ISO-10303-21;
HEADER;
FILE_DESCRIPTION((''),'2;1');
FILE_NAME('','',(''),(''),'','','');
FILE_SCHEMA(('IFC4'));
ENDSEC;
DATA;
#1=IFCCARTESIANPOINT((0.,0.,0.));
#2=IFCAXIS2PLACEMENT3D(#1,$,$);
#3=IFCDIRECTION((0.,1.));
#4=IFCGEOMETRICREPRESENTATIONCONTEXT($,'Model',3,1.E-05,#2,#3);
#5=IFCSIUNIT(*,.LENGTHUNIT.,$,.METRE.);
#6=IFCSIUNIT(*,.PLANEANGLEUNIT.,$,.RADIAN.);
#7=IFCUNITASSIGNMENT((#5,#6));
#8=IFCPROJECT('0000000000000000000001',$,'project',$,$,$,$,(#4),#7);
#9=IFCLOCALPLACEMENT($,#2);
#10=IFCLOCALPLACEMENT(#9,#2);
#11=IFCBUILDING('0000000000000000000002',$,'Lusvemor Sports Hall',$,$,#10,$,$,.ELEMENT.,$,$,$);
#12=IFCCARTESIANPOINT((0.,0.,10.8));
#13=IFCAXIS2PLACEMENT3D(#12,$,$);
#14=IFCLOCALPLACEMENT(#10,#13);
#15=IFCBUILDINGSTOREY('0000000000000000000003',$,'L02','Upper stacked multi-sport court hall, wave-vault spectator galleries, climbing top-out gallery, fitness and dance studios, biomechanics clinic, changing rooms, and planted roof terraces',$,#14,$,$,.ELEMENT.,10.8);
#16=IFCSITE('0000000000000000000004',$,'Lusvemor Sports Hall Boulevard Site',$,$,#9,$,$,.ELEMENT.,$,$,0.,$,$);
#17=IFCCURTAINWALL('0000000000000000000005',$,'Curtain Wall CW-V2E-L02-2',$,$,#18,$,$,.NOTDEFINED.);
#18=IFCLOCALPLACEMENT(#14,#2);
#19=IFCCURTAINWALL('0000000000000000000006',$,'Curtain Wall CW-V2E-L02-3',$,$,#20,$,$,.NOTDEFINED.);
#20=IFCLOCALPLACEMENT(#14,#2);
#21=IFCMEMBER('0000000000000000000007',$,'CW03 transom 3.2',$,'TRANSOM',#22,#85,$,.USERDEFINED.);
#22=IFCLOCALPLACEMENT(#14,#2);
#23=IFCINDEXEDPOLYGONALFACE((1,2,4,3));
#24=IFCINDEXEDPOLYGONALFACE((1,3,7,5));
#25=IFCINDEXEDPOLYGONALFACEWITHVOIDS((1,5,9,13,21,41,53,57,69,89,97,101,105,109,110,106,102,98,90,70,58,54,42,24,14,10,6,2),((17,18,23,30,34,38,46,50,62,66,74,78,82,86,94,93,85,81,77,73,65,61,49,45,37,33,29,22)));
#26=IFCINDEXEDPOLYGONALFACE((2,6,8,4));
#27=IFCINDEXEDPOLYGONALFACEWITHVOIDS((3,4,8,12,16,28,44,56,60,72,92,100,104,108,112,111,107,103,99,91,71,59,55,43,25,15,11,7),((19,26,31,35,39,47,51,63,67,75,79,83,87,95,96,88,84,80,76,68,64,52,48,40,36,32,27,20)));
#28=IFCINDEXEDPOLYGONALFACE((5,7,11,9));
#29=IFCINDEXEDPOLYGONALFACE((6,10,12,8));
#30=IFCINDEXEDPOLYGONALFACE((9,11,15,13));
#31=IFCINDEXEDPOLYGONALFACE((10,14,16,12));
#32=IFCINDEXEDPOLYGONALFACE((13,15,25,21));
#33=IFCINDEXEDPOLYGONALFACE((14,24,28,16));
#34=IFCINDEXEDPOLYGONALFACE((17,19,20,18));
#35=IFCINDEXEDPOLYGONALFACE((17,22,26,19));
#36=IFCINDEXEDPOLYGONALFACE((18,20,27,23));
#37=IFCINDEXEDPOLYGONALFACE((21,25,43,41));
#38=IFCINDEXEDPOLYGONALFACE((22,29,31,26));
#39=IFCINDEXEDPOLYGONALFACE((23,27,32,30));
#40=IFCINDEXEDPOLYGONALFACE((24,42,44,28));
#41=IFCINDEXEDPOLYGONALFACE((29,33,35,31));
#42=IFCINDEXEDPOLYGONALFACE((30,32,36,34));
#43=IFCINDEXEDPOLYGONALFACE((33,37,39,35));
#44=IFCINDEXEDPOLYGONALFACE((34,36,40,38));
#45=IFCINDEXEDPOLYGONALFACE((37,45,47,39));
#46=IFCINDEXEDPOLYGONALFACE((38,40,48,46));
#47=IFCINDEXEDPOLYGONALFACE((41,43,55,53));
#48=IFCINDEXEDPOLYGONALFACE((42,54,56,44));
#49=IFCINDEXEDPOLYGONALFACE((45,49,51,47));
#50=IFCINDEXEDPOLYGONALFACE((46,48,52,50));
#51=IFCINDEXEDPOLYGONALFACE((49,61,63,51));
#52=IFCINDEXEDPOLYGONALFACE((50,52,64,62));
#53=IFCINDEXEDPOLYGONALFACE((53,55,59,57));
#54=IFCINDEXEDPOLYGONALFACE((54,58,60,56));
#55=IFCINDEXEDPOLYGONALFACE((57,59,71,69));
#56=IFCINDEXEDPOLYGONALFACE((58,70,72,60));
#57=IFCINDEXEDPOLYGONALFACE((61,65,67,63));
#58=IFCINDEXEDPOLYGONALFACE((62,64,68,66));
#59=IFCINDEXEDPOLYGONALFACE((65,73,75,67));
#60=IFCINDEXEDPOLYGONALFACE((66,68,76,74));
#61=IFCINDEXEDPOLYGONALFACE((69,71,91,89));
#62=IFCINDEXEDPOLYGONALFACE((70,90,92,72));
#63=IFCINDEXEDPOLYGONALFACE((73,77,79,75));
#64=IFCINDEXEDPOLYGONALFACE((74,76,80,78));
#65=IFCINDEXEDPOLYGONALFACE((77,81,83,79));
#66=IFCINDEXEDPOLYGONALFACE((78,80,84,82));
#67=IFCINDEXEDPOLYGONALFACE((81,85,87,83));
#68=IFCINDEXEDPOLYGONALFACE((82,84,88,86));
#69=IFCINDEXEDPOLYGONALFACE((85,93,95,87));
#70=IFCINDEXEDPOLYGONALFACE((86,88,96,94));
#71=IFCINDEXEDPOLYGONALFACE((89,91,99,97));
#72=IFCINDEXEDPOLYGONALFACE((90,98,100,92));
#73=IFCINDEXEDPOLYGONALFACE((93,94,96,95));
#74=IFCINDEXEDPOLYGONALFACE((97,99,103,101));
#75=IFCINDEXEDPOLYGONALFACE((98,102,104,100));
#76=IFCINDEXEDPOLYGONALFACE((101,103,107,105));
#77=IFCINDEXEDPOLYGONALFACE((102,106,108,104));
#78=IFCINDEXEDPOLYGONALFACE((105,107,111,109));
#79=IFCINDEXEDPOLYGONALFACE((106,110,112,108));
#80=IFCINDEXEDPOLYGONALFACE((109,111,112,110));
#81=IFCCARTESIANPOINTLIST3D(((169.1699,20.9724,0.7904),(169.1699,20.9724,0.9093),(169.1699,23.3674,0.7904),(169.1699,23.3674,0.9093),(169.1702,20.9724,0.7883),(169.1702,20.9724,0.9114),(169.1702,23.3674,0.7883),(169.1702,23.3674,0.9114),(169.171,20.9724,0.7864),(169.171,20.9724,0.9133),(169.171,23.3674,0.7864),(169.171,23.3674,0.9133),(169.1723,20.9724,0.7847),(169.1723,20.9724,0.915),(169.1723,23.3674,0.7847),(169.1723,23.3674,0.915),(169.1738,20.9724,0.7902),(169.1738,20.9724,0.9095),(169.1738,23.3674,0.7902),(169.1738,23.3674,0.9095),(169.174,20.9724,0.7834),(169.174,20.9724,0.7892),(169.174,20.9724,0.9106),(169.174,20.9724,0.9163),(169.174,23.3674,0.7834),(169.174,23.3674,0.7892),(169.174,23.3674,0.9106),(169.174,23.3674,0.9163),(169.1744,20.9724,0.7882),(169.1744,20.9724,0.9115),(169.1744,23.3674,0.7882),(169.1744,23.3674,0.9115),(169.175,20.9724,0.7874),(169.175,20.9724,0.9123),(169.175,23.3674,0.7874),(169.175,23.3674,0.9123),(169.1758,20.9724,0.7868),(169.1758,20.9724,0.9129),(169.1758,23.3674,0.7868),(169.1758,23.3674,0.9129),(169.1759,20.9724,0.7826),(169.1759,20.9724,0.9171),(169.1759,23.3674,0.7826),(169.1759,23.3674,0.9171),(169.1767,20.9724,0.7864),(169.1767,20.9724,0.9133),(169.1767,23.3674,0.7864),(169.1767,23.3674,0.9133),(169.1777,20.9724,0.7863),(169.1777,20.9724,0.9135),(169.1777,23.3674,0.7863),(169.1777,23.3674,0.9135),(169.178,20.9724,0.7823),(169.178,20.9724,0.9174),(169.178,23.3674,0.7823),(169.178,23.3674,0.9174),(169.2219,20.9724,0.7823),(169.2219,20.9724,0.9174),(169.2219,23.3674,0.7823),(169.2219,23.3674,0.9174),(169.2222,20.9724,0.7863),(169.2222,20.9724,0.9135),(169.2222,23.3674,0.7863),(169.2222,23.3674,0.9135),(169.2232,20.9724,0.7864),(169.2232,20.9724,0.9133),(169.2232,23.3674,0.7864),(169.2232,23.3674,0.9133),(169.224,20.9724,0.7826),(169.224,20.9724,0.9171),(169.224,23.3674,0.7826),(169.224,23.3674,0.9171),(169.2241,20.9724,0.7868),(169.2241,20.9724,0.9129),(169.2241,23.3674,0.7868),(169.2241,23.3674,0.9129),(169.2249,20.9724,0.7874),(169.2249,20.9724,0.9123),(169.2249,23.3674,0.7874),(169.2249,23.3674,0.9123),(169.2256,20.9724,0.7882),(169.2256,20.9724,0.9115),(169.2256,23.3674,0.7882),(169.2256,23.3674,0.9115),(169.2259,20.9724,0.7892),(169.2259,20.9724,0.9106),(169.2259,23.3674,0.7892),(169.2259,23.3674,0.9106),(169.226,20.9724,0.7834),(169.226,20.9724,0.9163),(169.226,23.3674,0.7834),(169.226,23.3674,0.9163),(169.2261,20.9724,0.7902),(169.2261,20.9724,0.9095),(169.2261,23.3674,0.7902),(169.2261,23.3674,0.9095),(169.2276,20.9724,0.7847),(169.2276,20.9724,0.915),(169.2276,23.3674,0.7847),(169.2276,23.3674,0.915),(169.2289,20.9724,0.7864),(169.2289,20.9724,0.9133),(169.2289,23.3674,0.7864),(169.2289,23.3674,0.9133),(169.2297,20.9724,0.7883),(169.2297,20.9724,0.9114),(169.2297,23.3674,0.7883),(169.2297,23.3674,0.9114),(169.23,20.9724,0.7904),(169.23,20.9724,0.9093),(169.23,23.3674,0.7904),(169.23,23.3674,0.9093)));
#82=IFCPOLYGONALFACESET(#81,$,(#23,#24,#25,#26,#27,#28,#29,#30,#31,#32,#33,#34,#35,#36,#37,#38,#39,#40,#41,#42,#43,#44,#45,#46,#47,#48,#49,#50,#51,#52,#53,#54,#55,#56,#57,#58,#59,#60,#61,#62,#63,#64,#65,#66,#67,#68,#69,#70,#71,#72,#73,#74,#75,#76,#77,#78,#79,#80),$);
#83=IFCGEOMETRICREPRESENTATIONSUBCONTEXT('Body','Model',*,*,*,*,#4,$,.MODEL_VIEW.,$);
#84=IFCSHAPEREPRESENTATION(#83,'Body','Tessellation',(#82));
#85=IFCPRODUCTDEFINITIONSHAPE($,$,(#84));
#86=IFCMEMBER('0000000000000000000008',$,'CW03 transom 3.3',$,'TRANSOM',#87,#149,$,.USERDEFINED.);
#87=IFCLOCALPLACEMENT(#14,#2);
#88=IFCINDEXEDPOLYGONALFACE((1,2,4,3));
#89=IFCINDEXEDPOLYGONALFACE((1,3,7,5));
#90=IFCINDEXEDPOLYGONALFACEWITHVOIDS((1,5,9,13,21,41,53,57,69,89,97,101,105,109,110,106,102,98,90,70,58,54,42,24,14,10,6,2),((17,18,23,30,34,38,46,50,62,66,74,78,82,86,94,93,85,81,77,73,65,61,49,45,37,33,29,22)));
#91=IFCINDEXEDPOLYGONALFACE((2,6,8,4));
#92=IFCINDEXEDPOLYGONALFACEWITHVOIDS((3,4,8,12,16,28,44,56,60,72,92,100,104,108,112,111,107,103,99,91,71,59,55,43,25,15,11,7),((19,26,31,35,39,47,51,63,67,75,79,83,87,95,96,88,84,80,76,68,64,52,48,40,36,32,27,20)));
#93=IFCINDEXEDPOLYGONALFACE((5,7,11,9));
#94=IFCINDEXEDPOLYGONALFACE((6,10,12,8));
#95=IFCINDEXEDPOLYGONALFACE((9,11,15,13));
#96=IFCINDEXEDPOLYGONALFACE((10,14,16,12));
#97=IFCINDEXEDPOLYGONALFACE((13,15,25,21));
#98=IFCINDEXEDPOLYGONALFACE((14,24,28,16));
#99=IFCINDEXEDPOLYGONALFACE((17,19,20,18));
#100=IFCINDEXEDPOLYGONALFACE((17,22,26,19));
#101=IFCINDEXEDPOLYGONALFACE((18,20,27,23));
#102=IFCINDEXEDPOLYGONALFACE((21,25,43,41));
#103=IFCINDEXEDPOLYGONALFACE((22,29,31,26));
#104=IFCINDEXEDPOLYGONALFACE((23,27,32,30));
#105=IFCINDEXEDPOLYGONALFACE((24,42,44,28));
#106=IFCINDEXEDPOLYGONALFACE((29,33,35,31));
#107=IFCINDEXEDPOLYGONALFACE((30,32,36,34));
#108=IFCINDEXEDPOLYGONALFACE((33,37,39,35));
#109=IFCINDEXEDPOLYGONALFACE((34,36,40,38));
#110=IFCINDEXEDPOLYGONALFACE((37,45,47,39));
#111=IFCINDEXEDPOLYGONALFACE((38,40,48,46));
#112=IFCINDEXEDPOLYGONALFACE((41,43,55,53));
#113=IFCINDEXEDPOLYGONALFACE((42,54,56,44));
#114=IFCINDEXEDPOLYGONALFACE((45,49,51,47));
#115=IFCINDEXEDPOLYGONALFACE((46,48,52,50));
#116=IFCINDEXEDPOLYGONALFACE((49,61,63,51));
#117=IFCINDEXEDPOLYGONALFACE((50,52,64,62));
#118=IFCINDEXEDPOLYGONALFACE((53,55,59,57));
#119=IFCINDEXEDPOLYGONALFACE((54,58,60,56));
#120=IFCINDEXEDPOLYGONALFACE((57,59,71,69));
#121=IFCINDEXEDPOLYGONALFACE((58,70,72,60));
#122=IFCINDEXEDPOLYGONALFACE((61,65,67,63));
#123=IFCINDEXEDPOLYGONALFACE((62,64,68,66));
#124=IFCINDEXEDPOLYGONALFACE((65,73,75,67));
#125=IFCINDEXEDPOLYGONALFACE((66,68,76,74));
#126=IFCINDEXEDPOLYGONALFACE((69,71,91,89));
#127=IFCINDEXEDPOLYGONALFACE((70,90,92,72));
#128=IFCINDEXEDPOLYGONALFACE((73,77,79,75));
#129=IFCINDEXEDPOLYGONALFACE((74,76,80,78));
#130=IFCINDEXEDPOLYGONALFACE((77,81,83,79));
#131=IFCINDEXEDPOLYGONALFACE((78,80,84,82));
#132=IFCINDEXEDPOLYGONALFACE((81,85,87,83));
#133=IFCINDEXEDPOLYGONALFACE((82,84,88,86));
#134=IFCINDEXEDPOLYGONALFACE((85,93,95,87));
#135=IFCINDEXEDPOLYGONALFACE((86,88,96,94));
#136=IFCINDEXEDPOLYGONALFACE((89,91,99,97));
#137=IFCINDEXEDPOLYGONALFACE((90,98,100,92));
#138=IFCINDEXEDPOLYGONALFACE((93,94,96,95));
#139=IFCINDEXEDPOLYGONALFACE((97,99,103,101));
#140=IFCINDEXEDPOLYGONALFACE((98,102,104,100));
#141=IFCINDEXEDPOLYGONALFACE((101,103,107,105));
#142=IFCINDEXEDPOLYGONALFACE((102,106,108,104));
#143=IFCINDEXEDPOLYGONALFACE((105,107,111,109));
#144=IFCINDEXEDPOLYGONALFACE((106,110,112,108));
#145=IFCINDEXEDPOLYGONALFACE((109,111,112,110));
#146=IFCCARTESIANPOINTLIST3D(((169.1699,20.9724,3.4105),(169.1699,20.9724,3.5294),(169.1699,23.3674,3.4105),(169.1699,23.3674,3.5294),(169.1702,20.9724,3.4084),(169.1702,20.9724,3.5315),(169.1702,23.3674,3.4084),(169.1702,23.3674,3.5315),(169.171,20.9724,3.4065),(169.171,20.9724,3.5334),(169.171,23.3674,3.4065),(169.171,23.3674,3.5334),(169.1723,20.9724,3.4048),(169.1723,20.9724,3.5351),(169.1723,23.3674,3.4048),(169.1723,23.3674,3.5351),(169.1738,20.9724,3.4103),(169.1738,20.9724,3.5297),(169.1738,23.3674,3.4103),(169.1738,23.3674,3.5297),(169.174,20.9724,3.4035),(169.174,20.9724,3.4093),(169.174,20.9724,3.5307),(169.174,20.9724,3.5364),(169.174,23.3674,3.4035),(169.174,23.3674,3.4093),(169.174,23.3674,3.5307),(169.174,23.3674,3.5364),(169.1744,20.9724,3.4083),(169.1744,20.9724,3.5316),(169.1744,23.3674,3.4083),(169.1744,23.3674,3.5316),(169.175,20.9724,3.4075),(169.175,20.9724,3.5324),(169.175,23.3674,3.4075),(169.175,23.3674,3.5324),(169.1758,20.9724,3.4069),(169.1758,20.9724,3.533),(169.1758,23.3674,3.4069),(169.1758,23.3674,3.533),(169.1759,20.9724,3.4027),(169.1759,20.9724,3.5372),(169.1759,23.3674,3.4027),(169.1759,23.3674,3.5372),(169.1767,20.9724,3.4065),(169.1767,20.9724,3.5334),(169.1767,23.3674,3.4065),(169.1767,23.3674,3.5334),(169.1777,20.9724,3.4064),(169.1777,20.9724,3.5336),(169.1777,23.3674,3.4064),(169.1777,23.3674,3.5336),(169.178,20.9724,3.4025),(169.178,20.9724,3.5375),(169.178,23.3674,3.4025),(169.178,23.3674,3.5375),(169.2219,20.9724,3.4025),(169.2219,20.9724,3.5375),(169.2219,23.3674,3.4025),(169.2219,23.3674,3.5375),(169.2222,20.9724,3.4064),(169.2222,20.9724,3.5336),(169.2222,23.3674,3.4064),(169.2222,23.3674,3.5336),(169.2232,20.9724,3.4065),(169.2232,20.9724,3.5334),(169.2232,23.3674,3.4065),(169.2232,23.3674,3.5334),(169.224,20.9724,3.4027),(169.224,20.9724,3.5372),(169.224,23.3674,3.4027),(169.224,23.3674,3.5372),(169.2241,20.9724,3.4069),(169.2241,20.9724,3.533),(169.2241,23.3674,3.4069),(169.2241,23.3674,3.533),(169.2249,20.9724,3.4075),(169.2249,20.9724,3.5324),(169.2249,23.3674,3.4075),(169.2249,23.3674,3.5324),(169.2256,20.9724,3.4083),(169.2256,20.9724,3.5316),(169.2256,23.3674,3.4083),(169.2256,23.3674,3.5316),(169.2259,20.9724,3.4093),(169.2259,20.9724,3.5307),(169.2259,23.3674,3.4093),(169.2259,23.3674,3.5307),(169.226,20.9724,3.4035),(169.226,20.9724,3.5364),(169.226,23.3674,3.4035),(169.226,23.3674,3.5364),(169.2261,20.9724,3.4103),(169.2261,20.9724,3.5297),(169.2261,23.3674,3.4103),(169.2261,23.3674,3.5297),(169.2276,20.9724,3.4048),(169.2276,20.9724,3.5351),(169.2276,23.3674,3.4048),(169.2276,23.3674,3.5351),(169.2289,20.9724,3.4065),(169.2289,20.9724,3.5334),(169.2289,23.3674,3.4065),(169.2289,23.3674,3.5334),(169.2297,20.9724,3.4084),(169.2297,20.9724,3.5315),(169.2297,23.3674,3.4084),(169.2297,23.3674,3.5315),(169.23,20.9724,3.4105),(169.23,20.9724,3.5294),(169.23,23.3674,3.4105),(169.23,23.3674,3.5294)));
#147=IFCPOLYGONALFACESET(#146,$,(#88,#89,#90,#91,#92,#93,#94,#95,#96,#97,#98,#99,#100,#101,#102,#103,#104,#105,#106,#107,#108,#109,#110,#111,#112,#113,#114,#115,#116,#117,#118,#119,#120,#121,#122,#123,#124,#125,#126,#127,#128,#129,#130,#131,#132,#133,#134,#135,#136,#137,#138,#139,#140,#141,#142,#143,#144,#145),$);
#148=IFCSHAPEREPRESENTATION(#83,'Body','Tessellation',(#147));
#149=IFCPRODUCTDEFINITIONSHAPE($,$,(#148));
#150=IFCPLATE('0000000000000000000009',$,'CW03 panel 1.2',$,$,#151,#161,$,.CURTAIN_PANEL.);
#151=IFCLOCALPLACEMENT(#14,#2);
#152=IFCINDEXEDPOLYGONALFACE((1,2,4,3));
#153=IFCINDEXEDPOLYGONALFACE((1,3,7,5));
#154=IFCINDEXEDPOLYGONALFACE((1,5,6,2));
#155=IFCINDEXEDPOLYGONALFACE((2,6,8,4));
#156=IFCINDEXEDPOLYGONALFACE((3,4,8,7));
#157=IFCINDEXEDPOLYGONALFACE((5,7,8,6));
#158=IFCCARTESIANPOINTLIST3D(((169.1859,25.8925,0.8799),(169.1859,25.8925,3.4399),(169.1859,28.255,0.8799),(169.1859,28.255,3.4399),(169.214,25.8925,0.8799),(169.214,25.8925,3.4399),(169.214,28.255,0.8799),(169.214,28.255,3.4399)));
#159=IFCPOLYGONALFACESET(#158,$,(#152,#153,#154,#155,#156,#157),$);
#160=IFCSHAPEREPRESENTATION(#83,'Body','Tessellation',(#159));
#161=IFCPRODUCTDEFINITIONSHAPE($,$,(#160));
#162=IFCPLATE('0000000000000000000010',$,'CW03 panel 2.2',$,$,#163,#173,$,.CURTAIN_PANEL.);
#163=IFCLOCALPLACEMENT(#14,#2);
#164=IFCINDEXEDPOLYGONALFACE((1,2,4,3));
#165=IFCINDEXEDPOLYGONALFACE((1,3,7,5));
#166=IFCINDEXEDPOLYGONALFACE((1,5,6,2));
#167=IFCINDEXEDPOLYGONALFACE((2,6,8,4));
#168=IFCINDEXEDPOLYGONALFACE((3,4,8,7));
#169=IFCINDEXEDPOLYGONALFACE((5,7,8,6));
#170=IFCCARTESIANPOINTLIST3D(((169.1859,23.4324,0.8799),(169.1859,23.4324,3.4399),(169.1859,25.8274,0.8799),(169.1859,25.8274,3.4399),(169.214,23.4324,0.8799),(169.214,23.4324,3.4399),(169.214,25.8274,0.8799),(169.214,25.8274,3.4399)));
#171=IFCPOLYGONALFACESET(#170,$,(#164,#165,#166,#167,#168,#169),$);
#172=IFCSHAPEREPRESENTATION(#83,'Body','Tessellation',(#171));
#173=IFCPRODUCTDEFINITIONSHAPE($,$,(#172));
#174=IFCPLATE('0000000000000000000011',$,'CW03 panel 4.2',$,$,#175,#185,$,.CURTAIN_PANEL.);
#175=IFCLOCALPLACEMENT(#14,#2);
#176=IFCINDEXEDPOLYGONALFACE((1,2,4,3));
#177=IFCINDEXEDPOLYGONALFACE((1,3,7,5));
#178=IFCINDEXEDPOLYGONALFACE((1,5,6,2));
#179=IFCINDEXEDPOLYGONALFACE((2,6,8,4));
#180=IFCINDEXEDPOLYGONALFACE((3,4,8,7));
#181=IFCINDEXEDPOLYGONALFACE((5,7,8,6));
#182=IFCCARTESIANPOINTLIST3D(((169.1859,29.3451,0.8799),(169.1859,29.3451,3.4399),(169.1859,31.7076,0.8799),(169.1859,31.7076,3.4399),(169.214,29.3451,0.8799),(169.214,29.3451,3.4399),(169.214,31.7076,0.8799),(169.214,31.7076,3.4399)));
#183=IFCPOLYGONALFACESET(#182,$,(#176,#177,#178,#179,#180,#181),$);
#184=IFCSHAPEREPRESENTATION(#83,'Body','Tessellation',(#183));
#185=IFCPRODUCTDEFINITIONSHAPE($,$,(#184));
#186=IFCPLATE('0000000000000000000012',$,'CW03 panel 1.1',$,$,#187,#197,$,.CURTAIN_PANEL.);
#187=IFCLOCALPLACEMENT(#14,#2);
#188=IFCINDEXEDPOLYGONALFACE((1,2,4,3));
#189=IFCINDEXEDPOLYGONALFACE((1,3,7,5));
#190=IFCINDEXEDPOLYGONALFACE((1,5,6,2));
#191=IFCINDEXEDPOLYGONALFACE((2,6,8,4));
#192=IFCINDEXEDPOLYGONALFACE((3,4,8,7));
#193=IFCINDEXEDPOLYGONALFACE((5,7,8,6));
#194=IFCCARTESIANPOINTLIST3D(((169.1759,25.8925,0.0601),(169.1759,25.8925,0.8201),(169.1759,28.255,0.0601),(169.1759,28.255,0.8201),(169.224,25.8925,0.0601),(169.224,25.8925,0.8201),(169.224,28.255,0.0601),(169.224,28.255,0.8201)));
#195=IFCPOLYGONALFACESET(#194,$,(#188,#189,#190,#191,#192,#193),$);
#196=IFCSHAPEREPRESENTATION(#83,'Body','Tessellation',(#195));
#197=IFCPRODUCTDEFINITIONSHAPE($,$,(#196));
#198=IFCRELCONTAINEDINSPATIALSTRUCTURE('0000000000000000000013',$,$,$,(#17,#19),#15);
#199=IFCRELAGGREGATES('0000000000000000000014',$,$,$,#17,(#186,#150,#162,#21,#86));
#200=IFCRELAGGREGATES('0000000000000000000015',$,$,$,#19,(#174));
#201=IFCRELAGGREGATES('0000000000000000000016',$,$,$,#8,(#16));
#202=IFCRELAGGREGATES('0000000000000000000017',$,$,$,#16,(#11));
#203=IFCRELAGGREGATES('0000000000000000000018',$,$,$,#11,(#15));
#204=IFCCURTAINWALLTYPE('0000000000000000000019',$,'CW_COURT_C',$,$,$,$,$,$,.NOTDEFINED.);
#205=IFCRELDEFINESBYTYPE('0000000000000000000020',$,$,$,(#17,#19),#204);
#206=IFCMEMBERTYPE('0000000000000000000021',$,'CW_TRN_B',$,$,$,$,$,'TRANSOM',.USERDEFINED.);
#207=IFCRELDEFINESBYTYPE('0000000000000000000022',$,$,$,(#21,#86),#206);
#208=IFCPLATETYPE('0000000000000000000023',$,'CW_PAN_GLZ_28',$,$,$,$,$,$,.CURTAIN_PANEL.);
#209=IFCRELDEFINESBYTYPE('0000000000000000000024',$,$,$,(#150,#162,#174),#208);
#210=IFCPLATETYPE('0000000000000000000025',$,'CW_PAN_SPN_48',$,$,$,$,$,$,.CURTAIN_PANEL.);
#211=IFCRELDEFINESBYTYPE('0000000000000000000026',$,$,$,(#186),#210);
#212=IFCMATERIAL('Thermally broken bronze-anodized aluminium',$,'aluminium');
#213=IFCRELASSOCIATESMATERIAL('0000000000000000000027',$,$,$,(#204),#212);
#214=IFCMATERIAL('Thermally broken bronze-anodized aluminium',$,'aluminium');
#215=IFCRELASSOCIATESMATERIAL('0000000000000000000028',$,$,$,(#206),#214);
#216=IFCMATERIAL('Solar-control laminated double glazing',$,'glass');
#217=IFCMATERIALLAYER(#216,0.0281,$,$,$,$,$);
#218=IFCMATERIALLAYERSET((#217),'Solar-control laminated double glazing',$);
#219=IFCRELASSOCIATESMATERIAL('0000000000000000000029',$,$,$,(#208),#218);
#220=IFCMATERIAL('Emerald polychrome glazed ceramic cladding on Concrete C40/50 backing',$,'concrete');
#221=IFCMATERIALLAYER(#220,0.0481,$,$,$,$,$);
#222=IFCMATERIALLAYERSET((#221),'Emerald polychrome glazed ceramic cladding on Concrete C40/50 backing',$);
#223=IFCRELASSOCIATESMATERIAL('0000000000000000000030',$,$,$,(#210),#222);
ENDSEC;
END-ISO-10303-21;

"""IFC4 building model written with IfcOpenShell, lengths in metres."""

from ifc_helpers import new_model, si_unit, direction, frame, origin, origin_2d, place, context, subcontext, project, spatial, rectangle, hollow_rectangle, extrude, material, layer, layer_set, material_profile, profile_set, type_object, element, aggregate, save


model = new_model("IFC4")

# Units and contexts
model_context = context("Model", 3, precision=1e-05, world=origin(), true_north=direction((0.0, 1.0)))
body_context = subcontext(model_context, "Body", "Model", "MODEL_VIEW")
ifc_project = project(units=[si_unit("LENGTHUNIT", "METRE"), si_unit("PLANEANGLEUNIT", "RADIAN")], contexts=[model_context])

# Site, building, storey
site_placement = place(None, origin())
site = spatial("IfcSite", under=ifc_project, at=site_placement, Name="Lusvemor Sports Hall Boulevard Site", CompositionType="ELEMENT", RefElevation=0.0)
building_placement = place(site_placement, origin())
building = spatial("IfcBuilding", under=site, at=building_placement, Name="Lusvemor Sports Hall", CompositionType="ELEMENT")
storey_placement = place(building_placement, frame((0.0, 0.0, 10.8)))
storey = spatial("IfcBuildingStorey", under=building, at=storey_placement, Name="L02", Description="Upper stacked multi-sport court hall, wave-vault spectator galleries, climbing top-out gallery, fitness and dance studios, biomechanics clinic, changing rooms, and planted roof terraces", CompositionType="ELEMENT", Elevation=10.8)

# Curtain wall
ifc_material_1 = material(Name="Thermally broken bronze-anodized aluminium", Category="aluminium")
curtain_wall_type = type_object("IfcCurtainWallType", Name="CW_COURT_C", PredefinedType="NOTDEFINED", material=ifc_material_1)
curtain_wall_1_placement = place(storey_placement, origin())
curtain_wall_1 = element("IfcCurtainWall", 1, at=curtain_wall_1_placement, inside=storey, type_object=curtain_wall_type, Name="Curtain Wall CW-V2E-L02-2", PredefinedType="NOTDEFINED")

# Curtain wall
curtain_wall_2_placement = place(storey_placement, origin())
curtain_wall_2 = element("IfcCurtainWall", 2, at=curtain_wall_2_placement, inside=storey, type_object=curtain_wall_type, Name="Curtain Wall CW-V2E-L02-3", PredefinedType="NOTDEFINED")

# Members
ifc_material_2 = material(Name="Thermally broken bronze-anodized aluminium", Category="aluminium")
ifc_material_profile_1 = material_profile(ifc_material_2, hollow_rectangle(XDim=0.0601, YDim=0.135, WallThickness=0.0039, InnerFilletRadius=0.0039, OuterFilletRadius=0.0081, at=origin_2d()), Name="CWTRN135x60x4")
ifc_profile_set_1 = profile_set([ifc_material_profile_1], Name="Thermally broken bronze-anodized aluminium")
member_type_1 = type_object("IfcMemberType", Name="CW_TRN_B", ElementType="TRANSOM", PredefinedType="USERDEFINED", material=ifc_profile_set_1)
member_1_placement = place(storey_placement, frame((169.2, 23.3674, 0.8499), z_axis=(0.0, -1.0, 0.0), x_axis=(1.0, 0.0, 0.0)))
member_1 = element("IfcMember", 3, at=member_1_placement, type_object=member_type_1, Name="CW03 transom 3.2", ObjectType="TRANSOM", PredefinedType="USERDEFINED", context=body_context, shape_type="SweptSolid", body=[
    extrude(hollow_rectangle(XDim=0.0601, YDim=0.135, WallThickness=0.0039, InnerFilletRadius=0.0039, OuterFilletRadius=0.0081, at=origin_2d()), origin(), (0.0, 0.0, 1.0), 2.395),
])
member_2_placement = place(storey_placement, frame((169.2, 23.3674, 3.47), z_axis=(0.0, -1.0, 0.0), x_axis=(1.0, 0.0, 0.0)))
member_2 = element("IfcMember", 4, at=member_2_placement, type_object=member_type_1, Name="CW03 transom 3.3", ObjectType="TRANSOM", PredefinedType="USERDEFINED", context=body_context, shape_type="SweptSolid", body=[
    extrude(hollow_rectangle(XDim=0.0601, YDim=0.135, WallThickness=0.0039, InnerFilletRadius=0.0039, OuterFilletRadius=0.0081, at=origin_2d()), origin(), (0.0, 0.0, 1.0), 2.395),
])

# Plates
ifc_material_3 = material(Name="Solar-control laminated double glazing", Category="glass")
ifc_layer_1 = layer(ifc_material_3, 0.0281)
ifc_layer_set_1 = layer_set([ifc_layer_1], Name="Solar-control laminated double glazing")
plate_type_1 = type_object("IfcPlateType", Name="CW_PAN_GLZ_28", PredefinedType="CURTAIN_PANEL", material=ifc_layer_set_1)
plate_1_placement = place(storey_placement, frame((169.2, 27.0737, 0.8799), z_axis=(0.0, 0.0, 1.0), x_axis=(0.0, -1.0, 0.0)))
plate_1 = element("IfcPlate", 5, at=plate_1_placement, type_object=plate_type_1, Name="CW03 panel 1.2", PredefinedType="CURTAIN_PANEL", context=body_context, shape_type="SweptSolid", body=[
    extrude(rectangle(XDim=2.3625, YDim=0.0281, at=origin_2d()), origin(), (0.0, 0.0, 1.0), 2.5601),
])
plate_2_placement = place(storey_placement, frame((169.2, 24.6299, 0.8799), z_axis=(0.0, 0.0, 1.0), x_axis=(0.0, -1.0, 0.0)))
plate_2 = element("IfcPlate", 6, at=plate_2_placement, type_object=plate_type_1, Name="CW03 panel 2.2", PredefinedType="CURTAIN_PANEL", context=body_context, shape_type="SweptSolid", body=[
    extrude(rectangle(XDim=2.395, YDim=0.0281, at=origin_2d()), origin(), (0.0, 0.0, 1.0), 2.5601),
])
plate_3_placement = place(storey_placement, frame((169.2, 30.5264, 0.8799), z_axis=(0.0, 0.0, 1.0), x_axis=(0.0, -1.0, 0.0)))
plate_3 = element("IfcPlate", 7, at=plate_3_placement, type_object=plate_type_1, Name="CW03 panel 4.2", PredefinedType="CURTAIN_PANEL", context=body_context, shape_type="SweptSolid", body=[
    extrude(rectangle(XDim=2.3625, YDim=0.0281, at=origin_2d()), origin(), (0.0, 0.0, 1.0), 2.5601),
])
ifc_material_4 = material(Name="Emerald polychrome glazed ceramic cladding on Concrete C40/50 backing", Category="concrete")
ifc_layer_2 = layer(ifc_material_4, 0.0481)
ifc_layer_set_2 = layer_set([ifc_layer_2], Name="Emerald polychrome glazed ceramic cladding on Concrete C40/50 backing")
plate_type_2 = type_object("IfcPlateType", Name="CW_PAN_SPN_48", PredefinedType="CURTAIN_PANEL", material=ifc_layer_set_2)
plate_4_placement = place(storey_placement, frame((169.2, 27.0737, 0.0601), z_axis=(0.0, 0.0, 1.0), x_axis=(0.0, -1.0, 0.0)))
plate_4 = element("IfcPlate", 8, at=plate_4_placement, type_object=plate_type_2, Name="CW03 panel 1.1", PredefinedType="CURTAIN_PANEL", context=body_context, shape_type="SweptSolid", body=[
    extrude(rectangle(XDim=2.3625, YDim=0.0481, at=origin_2d()), origin(), (0.0, 0.0, 1.0), 0.76),
])
aggregate(curtain_wall_1, [plate_4, plate_1, plate_2, member_1, member_2])
aggregate(curtain_wall_2, [plate_3])

save(model, "model.ifc")
